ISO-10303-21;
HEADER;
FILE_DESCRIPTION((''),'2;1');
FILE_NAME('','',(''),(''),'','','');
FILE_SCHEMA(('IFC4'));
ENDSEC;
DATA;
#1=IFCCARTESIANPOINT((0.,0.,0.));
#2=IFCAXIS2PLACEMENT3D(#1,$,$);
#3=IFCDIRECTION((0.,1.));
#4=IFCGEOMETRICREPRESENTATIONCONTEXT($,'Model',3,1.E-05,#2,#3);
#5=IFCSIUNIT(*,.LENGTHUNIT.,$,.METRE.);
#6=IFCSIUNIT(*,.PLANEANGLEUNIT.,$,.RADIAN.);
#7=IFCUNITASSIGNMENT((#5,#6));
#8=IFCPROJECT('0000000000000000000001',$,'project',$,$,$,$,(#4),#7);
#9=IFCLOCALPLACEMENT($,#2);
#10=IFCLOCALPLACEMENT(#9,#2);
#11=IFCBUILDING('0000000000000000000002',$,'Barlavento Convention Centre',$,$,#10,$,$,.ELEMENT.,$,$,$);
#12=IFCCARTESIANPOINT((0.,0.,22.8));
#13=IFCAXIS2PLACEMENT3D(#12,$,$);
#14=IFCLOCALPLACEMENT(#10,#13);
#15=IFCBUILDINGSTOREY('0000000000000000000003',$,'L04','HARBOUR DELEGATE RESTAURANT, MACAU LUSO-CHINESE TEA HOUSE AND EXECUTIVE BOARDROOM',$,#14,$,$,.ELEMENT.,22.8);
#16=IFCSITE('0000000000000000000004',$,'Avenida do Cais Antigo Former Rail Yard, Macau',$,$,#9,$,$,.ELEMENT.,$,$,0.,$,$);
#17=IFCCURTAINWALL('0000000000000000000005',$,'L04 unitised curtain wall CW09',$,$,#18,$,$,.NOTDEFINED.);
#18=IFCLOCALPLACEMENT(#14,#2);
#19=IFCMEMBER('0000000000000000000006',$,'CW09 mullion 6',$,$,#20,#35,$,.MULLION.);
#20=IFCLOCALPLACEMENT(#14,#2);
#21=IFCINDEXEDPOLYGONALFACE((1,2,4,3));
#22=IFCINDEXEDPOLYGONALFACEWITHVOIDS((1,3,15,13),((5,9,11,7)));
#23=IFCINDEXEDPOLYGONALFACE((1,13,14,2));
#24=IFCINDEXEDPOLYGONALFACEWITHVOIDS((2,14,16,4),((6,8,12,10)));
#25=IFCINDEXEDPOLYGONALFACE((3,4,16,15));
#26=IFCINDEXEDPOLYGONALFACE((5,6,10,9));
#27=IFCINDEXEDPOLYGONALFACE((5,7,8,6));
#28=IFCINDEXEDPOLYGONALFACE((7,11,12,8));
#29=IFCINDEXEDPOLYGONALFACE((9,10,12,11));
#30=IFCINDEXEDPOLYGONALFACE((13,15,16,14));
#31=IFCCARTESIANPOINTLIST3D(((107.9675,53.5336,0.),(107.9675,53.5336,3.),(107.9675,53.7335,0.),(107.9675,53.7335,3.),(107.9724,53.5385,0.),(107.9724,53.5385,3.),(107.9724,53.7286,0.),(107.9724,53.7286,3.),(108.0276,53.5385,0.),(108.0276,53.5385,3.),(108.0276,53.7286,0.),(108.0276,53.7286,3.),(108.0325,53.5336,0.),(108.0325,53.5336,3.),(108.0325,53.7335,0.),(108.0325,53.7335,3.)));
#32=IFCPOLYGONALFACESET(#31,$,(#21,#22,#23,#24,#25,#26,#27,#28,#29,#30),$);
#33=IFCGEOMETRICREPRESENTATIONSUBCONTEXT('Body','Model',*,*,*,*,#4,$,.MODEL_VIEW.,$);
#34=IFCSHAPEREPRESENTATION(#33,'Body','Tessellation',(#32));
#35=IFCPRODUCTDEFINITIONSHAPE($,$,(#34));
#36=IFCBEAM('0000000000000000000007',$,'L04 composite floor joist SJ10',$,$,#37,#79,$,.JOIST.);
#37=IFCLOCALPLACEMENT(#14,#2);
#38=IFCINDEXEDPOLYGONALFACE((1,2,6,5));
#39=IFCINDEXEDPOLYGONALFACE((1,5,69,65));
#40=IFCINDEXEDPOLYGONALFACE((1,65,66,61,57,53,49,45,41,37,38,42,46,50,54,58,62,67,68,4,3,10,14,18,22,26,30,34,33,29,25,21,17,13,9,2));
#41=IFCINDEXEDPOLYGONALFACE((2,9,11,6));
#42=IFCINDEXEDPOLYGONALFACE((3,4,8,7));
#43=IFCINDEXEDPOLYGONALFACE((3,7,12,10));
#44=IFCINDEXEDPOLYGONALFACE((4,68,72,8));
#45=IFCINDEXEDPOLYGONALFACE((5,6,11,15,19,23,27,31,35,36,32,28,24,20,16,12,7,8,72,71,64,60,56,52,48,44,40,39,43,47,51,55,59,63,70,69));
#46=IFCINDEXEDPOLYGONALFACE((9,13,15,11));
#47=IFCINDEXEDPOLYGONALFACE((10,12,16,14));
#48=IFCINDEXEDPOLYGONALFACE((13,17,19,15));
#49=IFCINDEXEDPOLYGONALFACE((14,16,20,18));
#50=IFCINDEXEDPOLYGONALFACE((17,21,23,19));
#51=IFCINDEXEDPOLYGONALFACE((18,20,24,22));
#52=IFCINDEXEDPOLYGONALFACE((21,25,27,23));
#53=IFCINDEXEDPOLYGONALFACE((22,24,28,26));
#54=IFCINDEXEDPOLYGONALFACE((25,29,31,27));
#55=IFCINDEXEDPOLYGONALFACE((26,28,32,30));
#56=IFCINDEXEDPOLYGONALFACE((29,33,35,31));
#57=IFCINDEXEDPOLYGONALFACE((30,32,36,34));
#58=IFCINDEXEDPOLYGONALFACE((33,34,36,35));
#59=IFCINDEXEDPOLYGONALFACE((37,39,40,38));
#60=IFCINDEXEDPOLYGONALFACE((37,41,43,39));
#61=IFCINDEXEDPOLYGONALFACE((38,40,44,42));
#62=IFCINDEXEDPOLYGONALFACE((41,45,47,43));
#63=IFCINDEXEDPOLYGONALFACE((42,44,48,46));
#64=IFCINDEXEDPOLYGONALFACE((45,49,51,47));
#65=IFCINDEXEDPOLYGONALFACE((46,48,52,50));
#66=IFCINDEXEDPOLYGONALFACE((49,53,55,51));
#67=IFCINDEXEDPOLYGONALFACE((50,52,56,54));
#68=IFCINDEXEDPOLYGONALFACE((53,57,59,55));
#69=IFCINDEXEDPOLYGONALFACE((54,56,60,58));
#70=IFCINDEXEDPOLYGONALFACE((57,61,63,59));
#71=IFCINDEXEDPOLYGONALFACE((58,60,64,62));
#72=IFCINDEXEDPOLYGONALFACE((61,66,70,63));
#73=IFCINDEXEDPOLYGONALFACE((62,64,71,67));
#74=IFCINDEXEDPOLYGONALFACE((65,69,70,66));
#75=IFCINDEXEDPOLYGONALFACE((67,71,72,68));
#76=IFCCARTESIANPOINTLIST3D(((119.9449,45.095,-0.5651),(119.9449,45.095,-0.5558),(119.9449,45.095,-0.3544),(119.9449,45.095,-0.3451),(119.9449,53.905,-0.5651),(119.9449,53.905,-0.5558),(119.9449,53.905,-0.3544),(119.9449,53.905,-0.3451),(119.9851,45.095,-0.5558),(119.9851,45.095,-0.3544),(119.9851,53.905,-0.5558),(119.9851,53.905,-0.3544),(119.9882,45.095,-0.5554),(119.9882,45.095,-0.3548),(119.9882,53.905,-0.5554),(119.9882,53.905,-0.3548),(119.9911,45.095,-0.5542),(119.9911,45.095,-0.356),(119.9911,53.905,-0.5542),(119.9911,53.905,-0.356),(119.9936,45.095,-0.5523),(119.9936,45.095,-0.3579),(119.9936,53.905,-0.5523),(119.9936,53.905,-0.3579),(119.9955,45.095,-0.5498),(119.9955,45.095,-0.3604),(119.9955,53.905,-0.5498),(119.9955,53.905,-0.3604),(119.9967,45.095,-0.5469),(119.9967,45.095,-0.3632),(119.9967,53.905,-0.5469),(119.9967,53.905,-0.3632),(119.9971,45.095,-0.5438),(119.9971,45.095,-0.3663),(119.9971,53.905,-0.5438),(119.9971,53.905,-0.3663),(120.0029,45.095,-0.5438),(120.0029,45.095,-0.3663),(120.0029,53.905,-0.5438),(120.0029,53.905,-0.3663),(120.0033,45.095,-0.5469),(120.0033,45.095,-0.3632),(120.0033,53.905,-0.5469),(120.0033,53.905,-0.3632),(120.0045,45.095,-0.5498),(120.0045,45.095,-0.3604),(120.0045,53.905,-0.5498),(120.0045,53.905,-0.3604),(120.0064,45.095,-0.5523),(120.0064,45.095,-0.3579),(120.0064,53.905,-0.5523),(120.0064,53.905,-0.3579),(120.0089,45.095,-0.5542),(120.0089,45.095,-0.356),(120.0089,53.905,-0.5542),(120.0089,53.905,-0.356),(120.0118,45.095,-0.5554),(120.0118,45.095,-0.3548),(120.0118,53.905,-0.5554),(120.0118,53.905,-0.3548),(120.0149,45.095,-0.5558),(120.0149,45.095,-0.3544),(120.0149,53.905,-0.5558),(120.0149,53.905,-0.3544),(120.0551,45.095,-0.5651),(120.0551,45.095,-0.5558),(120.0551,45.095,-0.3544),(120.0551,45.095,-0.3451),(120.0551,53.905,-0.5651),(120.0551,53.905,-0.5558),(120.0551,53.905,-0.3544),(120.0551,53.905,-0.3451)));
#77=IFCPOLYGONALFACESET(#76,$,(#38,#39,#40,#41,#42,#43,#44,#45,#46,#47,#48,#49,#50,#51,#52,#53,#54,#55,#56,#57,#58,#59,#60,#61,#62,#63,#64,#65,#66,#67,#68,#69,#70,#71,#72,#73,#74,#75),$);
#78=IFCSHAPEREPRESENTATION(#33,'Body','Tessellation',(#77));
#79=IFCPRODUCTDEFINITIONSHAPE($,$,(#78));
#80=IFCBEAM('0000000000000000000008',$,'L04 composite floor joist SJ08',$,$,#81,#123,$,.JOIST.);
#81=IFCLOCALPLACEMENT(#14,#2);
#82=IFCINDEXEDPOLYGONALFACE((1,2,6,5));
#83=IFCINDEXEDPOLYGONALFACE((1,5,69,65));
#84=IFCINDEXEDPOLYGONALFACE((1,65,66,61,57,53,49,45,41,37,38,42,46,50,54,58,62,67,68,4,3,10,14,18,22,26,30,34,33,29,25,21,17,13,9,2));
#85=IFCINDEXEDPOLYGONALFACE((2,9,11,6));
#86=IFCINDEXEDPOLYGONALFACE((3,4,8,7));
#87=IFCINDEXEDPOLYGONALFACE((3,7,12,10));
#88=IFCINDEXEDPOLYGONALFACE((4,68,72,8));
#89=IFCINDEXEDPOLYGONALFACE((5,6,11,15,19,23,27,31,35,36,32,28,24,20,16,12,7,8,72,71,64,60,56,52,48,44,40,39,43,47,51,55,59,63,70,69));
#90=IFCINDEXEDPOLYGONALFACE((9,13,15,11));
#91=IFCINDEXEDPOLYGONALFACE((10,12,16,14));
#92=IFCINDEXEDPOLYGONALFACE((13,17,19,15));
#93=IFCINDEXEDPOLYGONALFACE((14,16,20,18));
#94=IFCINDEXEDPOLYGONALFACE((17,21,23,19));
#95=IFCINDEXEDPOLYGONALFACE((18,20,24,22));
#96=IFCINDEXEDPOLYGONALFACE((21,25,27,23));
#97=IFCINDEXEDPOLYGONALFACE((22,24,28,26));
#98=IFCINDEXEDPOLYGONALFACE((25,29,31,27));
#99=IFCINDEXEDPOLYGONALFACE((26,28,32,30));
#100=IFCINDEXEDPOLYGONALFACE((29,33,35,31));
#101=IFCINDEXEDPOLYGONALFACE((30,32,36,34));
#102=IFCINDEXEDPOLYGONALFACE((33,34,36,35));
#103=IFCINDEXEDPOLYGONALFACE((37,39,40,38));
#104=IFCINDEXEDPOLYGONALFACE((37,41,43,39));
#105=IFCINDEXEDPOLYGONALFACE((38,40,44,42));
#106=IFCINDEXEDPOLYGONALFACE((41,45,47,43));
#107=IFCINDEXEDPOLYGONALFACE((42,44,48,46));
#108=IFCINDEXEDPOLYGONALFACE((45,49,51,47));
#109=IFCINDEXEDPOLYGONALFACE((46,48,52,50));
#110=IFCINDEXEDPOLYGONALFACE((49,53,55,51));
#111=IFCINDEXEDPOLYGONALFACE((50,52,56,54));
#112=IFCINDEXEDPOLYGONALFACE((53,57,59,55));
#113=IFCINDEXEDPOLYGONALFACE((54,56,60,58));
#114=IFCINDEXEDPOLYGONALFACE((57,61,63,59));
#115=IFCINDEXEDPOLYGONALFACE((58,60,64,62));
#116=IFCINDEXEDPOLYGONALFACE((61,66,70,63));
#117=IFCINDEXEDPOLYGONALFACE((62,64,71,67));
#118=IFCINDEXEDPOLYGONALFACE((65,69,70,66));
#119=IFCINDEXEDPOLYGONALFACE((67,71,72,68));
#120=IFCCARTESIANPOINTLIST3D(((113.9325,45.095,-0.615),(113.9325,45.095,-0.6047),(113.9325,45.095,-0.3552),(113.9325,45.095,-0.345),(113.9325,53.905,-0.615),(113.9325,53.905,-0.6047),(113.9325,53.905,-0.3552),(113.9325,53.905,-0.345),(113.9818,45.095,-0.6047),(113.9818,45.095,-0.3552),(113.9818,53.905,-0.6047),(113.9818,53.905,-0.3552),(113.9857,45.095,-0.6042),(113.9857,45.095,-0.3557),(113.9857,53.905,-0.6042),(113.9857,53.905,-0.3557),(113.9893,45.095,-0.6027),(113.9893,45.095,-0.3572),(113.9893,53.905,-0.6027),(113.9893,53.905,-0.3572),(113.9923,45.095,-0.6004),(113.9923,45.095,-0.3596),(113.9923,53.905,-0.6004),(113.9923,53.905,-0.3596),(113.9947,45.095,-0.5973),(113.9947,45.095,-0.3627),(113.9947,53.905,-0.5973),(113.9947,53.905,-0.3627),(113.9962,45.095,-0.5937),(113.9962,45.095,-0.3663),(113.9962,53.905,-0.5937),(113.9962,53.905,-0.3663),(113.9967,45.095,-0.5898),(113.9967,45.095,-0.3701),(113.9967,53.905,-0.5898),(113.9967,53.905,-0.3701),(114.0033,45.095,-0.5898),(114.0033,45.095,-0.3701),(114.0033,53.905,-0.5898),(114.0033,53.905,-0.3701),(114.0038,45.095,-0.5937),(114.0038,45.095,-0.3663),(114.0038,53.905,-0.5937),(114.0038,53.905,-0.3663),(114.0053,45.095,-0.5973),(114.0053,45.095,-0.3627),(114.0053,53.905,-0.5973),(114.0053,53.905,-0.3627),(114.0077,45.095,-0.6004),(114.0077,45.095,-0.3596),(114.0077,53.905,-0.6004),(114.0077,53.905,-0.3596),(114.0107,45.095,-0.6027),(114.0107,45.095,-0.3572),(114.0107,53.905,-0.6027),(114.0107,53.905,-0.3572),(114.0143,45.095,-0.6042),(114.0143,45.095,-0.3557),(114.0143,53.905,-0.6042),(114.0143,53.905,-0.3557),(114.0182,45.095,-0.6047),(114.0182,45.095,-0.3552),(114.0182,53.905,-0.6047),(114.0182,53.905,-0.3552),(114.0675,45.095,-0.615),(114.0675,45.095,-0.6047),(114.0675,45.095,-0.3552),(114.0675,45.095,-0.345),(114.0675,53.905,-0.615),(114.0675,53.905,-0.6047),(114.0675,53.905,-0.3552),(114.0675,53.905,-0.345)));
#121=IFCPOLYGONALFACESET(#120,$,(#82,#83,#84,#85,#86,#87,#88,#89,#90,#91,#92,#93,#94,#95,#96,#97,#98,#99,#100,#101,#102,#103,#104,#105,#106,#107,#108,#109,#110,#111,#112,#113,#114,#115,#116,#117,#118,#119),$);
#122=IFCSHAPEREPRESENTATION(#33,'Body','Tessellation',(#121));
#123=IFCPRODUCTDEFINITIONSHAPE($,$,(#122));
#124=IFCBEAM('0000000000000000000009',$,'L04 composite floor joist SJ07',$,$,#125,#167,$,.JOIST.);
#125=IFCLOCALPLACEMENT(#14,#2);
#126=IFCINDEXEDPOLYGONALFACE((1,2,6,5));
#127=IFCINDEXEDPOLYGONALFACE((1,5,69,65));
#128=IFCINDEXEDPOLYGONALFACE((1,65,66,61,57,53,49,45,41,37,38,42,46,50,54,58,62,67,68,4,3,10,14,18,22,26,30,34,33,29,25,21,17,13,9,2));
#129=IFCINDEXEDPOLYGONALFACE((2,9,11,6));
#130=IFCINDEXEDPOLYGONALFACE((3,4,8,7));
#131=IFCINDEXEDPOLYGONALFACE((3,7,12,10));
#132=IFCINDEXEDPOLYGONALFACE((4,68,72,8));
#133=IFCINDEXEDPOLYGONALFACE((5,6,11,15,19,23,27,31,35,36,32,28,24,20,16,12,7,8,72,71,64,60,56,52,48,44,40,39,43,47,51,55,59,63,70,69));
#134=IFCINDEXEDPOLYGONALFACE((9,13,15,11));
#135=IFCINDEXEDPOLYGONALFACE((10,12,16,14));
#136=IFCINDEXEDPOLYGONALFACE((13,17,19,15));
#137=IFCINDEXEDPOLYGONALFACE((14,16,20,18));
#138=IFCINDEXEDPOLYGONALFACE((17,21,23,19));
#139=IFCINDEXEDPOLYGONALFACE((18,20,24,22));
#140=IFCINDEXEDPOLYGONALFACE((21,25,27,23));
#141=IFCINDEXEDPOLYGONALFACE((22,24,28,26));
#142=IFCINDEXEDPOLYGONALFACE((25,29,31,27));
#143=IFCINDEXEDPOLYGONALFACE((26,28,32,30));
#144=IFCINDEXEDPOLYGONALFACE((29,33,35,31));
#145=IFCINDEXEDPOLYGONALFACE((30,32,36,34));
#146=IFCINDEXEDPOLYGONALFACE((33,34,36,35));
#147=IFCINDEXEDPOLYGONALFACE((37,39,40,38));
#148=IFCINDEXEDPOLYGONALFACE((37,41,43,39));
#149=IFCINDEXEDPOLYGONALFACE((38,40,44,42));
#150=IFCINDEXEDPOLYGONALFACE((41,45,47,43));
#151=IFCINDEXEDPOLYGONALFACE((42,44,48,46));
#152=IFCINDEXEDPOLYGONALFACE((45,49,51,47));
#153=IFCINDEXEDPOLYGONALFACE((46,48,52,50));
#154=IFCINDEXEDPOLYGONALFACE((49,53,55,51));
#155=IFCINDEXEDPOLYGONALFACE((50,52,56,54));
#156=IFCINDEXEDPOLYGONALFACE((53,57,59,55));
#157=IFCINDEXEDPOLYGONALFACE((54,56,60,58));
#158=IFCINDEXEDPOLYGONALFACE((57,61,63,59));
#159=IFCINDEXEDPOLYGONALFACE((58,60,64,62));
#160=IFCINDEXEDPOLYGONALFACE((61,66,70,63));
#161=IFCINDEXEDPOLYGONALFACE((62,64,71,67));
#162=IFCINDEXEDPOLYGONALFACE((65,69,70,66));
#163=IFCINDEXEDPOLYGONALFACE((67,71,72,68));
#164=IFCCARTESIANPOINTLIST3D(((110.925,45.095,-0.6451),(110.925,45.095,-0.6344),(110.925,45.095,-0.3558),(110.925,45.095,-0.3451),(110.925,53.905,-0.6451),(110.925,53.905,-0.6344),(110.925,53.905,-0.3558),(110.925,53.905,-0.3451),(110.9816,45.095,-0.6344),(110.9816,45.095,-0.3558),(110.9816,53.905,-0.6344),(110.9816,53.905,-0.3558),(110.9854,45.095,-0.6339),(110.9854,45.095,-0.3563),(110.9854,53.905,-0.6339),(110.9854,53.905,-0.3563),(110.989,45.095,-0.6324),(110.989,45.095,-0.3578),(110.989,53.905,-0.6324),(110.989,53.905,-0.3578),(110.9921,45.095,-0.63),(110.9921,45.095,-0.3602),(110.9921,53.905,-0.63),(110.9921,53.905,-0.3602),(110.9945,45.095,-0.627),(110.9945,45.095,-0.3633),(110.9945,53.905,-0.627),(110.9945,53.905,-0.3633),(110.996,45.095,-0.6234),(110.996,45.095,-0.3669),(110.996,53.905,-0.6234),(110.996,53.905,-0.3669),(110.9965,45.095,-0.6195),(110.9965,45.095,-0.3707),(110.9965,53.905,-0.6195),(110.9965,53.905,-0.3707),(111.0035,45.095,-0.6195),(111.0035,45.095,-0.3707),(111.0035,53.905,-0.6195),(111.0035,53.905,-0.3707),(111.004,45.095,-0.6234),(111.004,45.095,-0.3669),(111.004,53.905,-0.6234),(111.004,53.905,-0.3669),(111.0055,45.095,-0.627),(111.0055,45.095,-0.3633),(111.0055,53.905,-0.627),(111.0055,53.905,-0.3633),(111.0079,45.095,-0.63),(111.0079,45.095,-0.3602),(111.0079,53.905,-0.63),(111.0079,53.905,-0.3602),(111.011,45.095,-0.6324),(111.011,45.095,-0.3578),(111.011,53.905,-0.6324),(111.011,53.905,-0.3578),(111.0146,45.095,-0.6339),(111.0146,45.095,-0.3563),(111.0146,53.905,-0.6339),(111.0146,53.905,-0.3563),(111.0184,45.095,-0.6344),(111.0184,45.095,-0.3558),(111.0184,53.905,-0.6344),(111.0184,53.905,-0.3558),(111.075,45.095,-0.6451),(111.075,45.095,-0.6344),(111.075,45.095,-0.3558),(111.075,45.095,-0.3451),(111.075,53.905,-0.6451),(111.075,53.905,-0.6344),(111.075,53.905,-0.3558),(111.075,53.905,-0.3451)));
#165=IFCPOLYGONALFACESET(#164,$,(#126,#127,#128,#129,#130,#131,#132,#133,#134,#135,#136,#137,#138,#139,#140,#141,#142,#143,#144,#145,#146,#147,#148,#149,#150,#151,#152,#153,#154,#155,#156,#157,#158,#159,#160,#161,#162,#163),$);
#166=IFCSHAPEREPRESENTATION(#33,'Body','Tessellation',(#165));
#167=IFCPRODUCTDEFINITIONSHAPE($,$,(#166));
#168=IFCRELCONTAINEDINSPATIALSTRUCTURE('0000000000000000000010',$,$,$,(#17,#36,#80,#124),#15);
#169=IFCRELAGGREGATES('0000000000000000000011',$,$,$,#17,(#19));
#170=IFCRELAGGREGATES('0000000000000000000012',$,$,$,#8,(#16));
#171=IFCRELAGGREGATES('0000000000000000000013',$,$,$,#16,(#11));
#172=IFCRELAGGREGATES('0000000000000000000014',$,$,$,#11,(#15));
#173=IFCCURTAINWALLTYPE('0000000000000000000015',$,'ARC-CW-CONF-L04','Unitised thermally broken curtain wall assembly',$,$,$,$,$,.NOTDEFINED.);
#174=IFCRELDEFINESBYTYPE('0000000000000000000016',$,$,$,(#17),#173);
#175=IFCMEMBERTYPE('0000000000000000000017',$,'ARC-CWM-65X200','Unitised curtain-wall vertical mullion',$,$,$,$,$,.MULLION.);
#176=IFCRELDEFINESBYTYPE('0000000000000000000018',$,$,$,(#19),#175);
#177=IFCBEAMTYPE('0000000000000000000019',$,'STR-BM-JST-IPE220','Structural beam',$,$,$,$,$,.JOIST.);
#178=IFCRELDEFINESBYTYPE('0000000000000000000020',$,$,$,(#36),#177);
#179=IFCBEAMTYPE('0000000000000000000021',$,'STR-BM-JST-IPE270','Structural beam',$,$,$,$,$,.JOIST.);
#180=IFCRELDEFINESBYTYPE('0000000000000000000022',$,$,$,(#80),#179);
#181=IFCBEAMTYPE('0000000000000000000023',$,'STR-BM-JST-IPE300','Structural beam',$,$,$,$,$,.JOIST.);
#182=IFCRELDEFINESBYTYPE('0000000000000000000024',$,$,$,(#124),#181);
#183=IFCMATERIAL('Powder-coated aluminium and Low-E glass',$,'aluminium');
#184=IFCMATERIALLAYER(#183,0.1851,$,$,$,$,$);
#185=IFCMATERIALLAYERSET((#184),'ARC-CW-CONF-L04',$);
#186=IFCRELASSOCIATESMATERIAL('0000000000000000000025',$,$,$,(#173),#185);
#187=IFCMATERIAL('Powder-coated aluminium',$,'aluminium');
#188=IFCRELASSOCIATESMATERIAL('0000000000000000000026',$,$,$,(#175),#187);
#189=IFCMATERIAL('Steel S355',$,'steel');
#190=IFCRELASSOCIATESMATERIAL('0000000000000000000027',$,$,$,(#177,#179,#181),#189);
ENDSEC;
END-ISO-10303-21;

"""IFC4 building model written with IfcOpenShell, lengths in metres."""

from ifc_helpers import new_model, si_unit, direction, frame, origin, origin_2d, place, context, subcontext, project, spatial, hollow_rectangle, i_section, extrude, material, layer, layer_set, material_profile, profile_set, type_object, element, aggregate, save


model = new_model("IFC4")

# Units and contexts
model_context = context("Model", 3, precision=1e-05, world=origin(), true_north=direction((0.0, 1.0)))
body_context = subcontext(model_context, "Body", "Model", "MODEL_VIEW")
ifc_project = project(units=[si_unit("LENGTHUNIT", "METRE"), si_unit("PLANEANGLEUNIT", "RADIAN")], contexts=[model_context])

# Site, building, storey
site_placement = place(None, origin())
site = spatial("IfcSite", under=ifc_project, at=site_placement, Name="Avenida do Cais Antigo Former Rail Yard, Macau", CompositionType="ELEMENT", RefElevation=0.0)
building_placement = place(site_placement, origin())
building = spatial("IfcBuilding", under=site, at=building_placement, Name="Barlavento Convention Centre", CompositionType="ELEMENT")
storey_placement = place(building_placement, frame((0.0, 0.0, 22.8)))
storey = spatial("IfcBuildingStorey", under=building, at=storey_placement, Name="L04", Description="HARBOUR DELEGATE RESTAURANT, MACAU LUSO-CHINESE TEA HOUSE AND EXECUTIVE BOARDROOM", CompositionType="ELEMENT", Elevation=22.8)

# Curtain wall, member
ifc_material_1 = material(Name="Powder-coated aluminium and Low-E glass", Category="aluminium")
ifc_layer_1 = layer(ifc_material_1, 0.1851)
ifc_layer_set_1 = layer_set([ifc_layer_1], Name="ARC-CW-CONF-L04")
curtain_wall_type = type_object("IfcCurtainWallType", Name="ARC-CW-CONF-L04", Description="Unitised thermally broken curtain wall assembly", PredefinedType="NOTDEFINED", material=ifc_layer_set_1)
curtain_wall_placement = place(storey_placement, origin())
curtain_wall = element("IfcCurtainWall", 1, at=curtain_wall_placement, inside=storey, type_object=curtain_wall_type, Name="L04 unitised curtain wall CW09", PredefinedType="NOTDEFINED")
ifc_material_2 = material(Name="Powder-coated aluminium", Category="aluminium")
ifc_material_profile_1 = material_profile(ifc_material_2, hollow_rectangle(XDim=0.0649, YDim=0.2, WallThickness=0.0049, at=origin_2d()), Name="AL-MULL 65x200x5")
ifc_profile_set_1 = profile_set([ifc_material_profile_1], Name="Powder-coated aluminium")
member_type = type_object("IfcMemberType", Name="ARC-CWM-65X200", Description="Unitised curtain-wall vertical mullion", PredefinedType="MULLION", material=ifc_profile_set_1)
member_placement = place(storey_placement, frame((108.0, 53.6335, 0.0), z_axis=(0.0, 0.0, 1.0), x_axis=(-1.0, 0.0, 0.0)))
member = element("IfcMember", 2, at=member_placement, type_object=member_type, Name="CW09 mullion 6", PredefinedType="MULLION", context=body_context, shape_type="SweptSolid", body=[
    extrude(hollow_rectangle(XDim=0.0649, YDim=0.2, WallThickness=0.0049, at=origin_2d()), origin(), (0.0, 0.0, 1.0), 3.0),
])

# Beams
ifc_material_3 = material(Name="Steel S355", Category="steel")
ifc_material_profile_2 = material_profile(ifc_material_3, i_section(OverallWidth=0.1101, OverallDepth=0.22, WebThickness=0.0059, FlangeThickness=0.0093, FilletRadius=0.012, at=origin_2d()), Name="IPE 220")
ifc_profile_set_2 = profile_set([ifc_material_profile_2], Name="Steel S355")
beam_type_1 = type_object("IfcBeamType", Name="STR-BM-JST-IPE220", Description="Structural beam", PredefinedType="JOIST", material=ifc_profile_set_2)
beam_1_placement = place(storey_placement, frame((120.0, 45.095, -0.4551), z_axis=(0.0, 1.0, 0.0), x_axis=(-1.0, 0.0, 0.0)))
element("IfcBeam", 3, at=beam_1_placement, inside=storey, type_object=beam_type_1, Name="L04 composite floor joist SJ10", PredefinedType="JOIST", context=body_context, shape_type="SweptSolid", body=[
    extrude(i_section(OverallWidth=0.1101, OverallDepth=0.22, WebThickness=0.0059, FlangeThickness=0.0093, FilletRadius=0.012, at=origin_2d()), origin(), (0.0, 0.0, 1.0), 8.8101),
])
ifc_material_profile_3 = material_profile(ifc_material_3, i_section(OverallWidth=0.135, OverallDepth=0.27, WebThickness=0.0066, FlangeThickness=0.0103, FilletRadius=0.0149, at=origin_2d()), Name="IPE 270")
ifc_profile_set_3 = profile_set([ifc_material_profile_3], Name="Steel S355")
beam_type_2 = type_object("IfcBeamType", Name="STR-BM-JST-IPE270", Description="Structural beam", PredefinedType="JOIST", material=ifc_profile_set_3)
beam_2_placement = place(storey_placement, frame((114.0, 45.095, -0.48), z_axis=(0.0, 1.0, 0.0), x_axis=(-1.0, 0.0, 0.0)))
element("IfcBeam", 4, at=beam_2_placement, inside=storey, type_object=beam_type_2, Name="L04 composite floor joist SJ08", PredefinedType="JOIST", context=body_context, shape_type="SweptSolid", body=[
    extrude(i_section(OverallWidth=0.135, OverallDepth=0.27, WebThickness=0.0066, FlangeThickness=0.0103, FilletRadius=0.0149, at=origin_2d()), origin(), (0.0, 0.0, 1.0), 8.8101),
])
ifc_material_profile_4 = material_profile(ifc_material_3, i_section(OverallWidth=0.1499, OverallDepth=0.3, WebThickness=0.0071, FlangeThickness=0.0107, FilletRadius=0.0149, at=origin_2d()), Name="IPE 300")
ifc_profile_set_4 = profile_set([ifc_material_profile_4], Name="Steel S355")
beam_type_3 = type_object("IfcBeamType", Name="STR-BM-JST-IPE300", Description="Structural beam", PredefinedType="JOIST", material=ifc_profile_set_4)
beam_3_placement = place(storey_placement, frame((111.0, 45.095, -0.4951), z_axis=(0.0, 1.0, 0.0), x_axis=(-1.0, 0.0, 0.0)))
element("IfcBeam", 5, at=beam_3_placement, inside=storey, type_object=beam_type_3, Name="L04 composite floor joist SJ07", PredefinedType="JOIST", context=body_context, shape_type="SweptSolid", body=[
    extrude(i_section(OverallWidth=0.1499, OverallDepth=0.3, WebThickness=0.0071, FlangeThickness=0.0107, FilletRadius=0.0149, at=origin_2d()), origin(), (0.0, 0.0, 1.0), 8.8101),
])

aggregate(curtain_wall, [member])

save(model, "model.ifc")
